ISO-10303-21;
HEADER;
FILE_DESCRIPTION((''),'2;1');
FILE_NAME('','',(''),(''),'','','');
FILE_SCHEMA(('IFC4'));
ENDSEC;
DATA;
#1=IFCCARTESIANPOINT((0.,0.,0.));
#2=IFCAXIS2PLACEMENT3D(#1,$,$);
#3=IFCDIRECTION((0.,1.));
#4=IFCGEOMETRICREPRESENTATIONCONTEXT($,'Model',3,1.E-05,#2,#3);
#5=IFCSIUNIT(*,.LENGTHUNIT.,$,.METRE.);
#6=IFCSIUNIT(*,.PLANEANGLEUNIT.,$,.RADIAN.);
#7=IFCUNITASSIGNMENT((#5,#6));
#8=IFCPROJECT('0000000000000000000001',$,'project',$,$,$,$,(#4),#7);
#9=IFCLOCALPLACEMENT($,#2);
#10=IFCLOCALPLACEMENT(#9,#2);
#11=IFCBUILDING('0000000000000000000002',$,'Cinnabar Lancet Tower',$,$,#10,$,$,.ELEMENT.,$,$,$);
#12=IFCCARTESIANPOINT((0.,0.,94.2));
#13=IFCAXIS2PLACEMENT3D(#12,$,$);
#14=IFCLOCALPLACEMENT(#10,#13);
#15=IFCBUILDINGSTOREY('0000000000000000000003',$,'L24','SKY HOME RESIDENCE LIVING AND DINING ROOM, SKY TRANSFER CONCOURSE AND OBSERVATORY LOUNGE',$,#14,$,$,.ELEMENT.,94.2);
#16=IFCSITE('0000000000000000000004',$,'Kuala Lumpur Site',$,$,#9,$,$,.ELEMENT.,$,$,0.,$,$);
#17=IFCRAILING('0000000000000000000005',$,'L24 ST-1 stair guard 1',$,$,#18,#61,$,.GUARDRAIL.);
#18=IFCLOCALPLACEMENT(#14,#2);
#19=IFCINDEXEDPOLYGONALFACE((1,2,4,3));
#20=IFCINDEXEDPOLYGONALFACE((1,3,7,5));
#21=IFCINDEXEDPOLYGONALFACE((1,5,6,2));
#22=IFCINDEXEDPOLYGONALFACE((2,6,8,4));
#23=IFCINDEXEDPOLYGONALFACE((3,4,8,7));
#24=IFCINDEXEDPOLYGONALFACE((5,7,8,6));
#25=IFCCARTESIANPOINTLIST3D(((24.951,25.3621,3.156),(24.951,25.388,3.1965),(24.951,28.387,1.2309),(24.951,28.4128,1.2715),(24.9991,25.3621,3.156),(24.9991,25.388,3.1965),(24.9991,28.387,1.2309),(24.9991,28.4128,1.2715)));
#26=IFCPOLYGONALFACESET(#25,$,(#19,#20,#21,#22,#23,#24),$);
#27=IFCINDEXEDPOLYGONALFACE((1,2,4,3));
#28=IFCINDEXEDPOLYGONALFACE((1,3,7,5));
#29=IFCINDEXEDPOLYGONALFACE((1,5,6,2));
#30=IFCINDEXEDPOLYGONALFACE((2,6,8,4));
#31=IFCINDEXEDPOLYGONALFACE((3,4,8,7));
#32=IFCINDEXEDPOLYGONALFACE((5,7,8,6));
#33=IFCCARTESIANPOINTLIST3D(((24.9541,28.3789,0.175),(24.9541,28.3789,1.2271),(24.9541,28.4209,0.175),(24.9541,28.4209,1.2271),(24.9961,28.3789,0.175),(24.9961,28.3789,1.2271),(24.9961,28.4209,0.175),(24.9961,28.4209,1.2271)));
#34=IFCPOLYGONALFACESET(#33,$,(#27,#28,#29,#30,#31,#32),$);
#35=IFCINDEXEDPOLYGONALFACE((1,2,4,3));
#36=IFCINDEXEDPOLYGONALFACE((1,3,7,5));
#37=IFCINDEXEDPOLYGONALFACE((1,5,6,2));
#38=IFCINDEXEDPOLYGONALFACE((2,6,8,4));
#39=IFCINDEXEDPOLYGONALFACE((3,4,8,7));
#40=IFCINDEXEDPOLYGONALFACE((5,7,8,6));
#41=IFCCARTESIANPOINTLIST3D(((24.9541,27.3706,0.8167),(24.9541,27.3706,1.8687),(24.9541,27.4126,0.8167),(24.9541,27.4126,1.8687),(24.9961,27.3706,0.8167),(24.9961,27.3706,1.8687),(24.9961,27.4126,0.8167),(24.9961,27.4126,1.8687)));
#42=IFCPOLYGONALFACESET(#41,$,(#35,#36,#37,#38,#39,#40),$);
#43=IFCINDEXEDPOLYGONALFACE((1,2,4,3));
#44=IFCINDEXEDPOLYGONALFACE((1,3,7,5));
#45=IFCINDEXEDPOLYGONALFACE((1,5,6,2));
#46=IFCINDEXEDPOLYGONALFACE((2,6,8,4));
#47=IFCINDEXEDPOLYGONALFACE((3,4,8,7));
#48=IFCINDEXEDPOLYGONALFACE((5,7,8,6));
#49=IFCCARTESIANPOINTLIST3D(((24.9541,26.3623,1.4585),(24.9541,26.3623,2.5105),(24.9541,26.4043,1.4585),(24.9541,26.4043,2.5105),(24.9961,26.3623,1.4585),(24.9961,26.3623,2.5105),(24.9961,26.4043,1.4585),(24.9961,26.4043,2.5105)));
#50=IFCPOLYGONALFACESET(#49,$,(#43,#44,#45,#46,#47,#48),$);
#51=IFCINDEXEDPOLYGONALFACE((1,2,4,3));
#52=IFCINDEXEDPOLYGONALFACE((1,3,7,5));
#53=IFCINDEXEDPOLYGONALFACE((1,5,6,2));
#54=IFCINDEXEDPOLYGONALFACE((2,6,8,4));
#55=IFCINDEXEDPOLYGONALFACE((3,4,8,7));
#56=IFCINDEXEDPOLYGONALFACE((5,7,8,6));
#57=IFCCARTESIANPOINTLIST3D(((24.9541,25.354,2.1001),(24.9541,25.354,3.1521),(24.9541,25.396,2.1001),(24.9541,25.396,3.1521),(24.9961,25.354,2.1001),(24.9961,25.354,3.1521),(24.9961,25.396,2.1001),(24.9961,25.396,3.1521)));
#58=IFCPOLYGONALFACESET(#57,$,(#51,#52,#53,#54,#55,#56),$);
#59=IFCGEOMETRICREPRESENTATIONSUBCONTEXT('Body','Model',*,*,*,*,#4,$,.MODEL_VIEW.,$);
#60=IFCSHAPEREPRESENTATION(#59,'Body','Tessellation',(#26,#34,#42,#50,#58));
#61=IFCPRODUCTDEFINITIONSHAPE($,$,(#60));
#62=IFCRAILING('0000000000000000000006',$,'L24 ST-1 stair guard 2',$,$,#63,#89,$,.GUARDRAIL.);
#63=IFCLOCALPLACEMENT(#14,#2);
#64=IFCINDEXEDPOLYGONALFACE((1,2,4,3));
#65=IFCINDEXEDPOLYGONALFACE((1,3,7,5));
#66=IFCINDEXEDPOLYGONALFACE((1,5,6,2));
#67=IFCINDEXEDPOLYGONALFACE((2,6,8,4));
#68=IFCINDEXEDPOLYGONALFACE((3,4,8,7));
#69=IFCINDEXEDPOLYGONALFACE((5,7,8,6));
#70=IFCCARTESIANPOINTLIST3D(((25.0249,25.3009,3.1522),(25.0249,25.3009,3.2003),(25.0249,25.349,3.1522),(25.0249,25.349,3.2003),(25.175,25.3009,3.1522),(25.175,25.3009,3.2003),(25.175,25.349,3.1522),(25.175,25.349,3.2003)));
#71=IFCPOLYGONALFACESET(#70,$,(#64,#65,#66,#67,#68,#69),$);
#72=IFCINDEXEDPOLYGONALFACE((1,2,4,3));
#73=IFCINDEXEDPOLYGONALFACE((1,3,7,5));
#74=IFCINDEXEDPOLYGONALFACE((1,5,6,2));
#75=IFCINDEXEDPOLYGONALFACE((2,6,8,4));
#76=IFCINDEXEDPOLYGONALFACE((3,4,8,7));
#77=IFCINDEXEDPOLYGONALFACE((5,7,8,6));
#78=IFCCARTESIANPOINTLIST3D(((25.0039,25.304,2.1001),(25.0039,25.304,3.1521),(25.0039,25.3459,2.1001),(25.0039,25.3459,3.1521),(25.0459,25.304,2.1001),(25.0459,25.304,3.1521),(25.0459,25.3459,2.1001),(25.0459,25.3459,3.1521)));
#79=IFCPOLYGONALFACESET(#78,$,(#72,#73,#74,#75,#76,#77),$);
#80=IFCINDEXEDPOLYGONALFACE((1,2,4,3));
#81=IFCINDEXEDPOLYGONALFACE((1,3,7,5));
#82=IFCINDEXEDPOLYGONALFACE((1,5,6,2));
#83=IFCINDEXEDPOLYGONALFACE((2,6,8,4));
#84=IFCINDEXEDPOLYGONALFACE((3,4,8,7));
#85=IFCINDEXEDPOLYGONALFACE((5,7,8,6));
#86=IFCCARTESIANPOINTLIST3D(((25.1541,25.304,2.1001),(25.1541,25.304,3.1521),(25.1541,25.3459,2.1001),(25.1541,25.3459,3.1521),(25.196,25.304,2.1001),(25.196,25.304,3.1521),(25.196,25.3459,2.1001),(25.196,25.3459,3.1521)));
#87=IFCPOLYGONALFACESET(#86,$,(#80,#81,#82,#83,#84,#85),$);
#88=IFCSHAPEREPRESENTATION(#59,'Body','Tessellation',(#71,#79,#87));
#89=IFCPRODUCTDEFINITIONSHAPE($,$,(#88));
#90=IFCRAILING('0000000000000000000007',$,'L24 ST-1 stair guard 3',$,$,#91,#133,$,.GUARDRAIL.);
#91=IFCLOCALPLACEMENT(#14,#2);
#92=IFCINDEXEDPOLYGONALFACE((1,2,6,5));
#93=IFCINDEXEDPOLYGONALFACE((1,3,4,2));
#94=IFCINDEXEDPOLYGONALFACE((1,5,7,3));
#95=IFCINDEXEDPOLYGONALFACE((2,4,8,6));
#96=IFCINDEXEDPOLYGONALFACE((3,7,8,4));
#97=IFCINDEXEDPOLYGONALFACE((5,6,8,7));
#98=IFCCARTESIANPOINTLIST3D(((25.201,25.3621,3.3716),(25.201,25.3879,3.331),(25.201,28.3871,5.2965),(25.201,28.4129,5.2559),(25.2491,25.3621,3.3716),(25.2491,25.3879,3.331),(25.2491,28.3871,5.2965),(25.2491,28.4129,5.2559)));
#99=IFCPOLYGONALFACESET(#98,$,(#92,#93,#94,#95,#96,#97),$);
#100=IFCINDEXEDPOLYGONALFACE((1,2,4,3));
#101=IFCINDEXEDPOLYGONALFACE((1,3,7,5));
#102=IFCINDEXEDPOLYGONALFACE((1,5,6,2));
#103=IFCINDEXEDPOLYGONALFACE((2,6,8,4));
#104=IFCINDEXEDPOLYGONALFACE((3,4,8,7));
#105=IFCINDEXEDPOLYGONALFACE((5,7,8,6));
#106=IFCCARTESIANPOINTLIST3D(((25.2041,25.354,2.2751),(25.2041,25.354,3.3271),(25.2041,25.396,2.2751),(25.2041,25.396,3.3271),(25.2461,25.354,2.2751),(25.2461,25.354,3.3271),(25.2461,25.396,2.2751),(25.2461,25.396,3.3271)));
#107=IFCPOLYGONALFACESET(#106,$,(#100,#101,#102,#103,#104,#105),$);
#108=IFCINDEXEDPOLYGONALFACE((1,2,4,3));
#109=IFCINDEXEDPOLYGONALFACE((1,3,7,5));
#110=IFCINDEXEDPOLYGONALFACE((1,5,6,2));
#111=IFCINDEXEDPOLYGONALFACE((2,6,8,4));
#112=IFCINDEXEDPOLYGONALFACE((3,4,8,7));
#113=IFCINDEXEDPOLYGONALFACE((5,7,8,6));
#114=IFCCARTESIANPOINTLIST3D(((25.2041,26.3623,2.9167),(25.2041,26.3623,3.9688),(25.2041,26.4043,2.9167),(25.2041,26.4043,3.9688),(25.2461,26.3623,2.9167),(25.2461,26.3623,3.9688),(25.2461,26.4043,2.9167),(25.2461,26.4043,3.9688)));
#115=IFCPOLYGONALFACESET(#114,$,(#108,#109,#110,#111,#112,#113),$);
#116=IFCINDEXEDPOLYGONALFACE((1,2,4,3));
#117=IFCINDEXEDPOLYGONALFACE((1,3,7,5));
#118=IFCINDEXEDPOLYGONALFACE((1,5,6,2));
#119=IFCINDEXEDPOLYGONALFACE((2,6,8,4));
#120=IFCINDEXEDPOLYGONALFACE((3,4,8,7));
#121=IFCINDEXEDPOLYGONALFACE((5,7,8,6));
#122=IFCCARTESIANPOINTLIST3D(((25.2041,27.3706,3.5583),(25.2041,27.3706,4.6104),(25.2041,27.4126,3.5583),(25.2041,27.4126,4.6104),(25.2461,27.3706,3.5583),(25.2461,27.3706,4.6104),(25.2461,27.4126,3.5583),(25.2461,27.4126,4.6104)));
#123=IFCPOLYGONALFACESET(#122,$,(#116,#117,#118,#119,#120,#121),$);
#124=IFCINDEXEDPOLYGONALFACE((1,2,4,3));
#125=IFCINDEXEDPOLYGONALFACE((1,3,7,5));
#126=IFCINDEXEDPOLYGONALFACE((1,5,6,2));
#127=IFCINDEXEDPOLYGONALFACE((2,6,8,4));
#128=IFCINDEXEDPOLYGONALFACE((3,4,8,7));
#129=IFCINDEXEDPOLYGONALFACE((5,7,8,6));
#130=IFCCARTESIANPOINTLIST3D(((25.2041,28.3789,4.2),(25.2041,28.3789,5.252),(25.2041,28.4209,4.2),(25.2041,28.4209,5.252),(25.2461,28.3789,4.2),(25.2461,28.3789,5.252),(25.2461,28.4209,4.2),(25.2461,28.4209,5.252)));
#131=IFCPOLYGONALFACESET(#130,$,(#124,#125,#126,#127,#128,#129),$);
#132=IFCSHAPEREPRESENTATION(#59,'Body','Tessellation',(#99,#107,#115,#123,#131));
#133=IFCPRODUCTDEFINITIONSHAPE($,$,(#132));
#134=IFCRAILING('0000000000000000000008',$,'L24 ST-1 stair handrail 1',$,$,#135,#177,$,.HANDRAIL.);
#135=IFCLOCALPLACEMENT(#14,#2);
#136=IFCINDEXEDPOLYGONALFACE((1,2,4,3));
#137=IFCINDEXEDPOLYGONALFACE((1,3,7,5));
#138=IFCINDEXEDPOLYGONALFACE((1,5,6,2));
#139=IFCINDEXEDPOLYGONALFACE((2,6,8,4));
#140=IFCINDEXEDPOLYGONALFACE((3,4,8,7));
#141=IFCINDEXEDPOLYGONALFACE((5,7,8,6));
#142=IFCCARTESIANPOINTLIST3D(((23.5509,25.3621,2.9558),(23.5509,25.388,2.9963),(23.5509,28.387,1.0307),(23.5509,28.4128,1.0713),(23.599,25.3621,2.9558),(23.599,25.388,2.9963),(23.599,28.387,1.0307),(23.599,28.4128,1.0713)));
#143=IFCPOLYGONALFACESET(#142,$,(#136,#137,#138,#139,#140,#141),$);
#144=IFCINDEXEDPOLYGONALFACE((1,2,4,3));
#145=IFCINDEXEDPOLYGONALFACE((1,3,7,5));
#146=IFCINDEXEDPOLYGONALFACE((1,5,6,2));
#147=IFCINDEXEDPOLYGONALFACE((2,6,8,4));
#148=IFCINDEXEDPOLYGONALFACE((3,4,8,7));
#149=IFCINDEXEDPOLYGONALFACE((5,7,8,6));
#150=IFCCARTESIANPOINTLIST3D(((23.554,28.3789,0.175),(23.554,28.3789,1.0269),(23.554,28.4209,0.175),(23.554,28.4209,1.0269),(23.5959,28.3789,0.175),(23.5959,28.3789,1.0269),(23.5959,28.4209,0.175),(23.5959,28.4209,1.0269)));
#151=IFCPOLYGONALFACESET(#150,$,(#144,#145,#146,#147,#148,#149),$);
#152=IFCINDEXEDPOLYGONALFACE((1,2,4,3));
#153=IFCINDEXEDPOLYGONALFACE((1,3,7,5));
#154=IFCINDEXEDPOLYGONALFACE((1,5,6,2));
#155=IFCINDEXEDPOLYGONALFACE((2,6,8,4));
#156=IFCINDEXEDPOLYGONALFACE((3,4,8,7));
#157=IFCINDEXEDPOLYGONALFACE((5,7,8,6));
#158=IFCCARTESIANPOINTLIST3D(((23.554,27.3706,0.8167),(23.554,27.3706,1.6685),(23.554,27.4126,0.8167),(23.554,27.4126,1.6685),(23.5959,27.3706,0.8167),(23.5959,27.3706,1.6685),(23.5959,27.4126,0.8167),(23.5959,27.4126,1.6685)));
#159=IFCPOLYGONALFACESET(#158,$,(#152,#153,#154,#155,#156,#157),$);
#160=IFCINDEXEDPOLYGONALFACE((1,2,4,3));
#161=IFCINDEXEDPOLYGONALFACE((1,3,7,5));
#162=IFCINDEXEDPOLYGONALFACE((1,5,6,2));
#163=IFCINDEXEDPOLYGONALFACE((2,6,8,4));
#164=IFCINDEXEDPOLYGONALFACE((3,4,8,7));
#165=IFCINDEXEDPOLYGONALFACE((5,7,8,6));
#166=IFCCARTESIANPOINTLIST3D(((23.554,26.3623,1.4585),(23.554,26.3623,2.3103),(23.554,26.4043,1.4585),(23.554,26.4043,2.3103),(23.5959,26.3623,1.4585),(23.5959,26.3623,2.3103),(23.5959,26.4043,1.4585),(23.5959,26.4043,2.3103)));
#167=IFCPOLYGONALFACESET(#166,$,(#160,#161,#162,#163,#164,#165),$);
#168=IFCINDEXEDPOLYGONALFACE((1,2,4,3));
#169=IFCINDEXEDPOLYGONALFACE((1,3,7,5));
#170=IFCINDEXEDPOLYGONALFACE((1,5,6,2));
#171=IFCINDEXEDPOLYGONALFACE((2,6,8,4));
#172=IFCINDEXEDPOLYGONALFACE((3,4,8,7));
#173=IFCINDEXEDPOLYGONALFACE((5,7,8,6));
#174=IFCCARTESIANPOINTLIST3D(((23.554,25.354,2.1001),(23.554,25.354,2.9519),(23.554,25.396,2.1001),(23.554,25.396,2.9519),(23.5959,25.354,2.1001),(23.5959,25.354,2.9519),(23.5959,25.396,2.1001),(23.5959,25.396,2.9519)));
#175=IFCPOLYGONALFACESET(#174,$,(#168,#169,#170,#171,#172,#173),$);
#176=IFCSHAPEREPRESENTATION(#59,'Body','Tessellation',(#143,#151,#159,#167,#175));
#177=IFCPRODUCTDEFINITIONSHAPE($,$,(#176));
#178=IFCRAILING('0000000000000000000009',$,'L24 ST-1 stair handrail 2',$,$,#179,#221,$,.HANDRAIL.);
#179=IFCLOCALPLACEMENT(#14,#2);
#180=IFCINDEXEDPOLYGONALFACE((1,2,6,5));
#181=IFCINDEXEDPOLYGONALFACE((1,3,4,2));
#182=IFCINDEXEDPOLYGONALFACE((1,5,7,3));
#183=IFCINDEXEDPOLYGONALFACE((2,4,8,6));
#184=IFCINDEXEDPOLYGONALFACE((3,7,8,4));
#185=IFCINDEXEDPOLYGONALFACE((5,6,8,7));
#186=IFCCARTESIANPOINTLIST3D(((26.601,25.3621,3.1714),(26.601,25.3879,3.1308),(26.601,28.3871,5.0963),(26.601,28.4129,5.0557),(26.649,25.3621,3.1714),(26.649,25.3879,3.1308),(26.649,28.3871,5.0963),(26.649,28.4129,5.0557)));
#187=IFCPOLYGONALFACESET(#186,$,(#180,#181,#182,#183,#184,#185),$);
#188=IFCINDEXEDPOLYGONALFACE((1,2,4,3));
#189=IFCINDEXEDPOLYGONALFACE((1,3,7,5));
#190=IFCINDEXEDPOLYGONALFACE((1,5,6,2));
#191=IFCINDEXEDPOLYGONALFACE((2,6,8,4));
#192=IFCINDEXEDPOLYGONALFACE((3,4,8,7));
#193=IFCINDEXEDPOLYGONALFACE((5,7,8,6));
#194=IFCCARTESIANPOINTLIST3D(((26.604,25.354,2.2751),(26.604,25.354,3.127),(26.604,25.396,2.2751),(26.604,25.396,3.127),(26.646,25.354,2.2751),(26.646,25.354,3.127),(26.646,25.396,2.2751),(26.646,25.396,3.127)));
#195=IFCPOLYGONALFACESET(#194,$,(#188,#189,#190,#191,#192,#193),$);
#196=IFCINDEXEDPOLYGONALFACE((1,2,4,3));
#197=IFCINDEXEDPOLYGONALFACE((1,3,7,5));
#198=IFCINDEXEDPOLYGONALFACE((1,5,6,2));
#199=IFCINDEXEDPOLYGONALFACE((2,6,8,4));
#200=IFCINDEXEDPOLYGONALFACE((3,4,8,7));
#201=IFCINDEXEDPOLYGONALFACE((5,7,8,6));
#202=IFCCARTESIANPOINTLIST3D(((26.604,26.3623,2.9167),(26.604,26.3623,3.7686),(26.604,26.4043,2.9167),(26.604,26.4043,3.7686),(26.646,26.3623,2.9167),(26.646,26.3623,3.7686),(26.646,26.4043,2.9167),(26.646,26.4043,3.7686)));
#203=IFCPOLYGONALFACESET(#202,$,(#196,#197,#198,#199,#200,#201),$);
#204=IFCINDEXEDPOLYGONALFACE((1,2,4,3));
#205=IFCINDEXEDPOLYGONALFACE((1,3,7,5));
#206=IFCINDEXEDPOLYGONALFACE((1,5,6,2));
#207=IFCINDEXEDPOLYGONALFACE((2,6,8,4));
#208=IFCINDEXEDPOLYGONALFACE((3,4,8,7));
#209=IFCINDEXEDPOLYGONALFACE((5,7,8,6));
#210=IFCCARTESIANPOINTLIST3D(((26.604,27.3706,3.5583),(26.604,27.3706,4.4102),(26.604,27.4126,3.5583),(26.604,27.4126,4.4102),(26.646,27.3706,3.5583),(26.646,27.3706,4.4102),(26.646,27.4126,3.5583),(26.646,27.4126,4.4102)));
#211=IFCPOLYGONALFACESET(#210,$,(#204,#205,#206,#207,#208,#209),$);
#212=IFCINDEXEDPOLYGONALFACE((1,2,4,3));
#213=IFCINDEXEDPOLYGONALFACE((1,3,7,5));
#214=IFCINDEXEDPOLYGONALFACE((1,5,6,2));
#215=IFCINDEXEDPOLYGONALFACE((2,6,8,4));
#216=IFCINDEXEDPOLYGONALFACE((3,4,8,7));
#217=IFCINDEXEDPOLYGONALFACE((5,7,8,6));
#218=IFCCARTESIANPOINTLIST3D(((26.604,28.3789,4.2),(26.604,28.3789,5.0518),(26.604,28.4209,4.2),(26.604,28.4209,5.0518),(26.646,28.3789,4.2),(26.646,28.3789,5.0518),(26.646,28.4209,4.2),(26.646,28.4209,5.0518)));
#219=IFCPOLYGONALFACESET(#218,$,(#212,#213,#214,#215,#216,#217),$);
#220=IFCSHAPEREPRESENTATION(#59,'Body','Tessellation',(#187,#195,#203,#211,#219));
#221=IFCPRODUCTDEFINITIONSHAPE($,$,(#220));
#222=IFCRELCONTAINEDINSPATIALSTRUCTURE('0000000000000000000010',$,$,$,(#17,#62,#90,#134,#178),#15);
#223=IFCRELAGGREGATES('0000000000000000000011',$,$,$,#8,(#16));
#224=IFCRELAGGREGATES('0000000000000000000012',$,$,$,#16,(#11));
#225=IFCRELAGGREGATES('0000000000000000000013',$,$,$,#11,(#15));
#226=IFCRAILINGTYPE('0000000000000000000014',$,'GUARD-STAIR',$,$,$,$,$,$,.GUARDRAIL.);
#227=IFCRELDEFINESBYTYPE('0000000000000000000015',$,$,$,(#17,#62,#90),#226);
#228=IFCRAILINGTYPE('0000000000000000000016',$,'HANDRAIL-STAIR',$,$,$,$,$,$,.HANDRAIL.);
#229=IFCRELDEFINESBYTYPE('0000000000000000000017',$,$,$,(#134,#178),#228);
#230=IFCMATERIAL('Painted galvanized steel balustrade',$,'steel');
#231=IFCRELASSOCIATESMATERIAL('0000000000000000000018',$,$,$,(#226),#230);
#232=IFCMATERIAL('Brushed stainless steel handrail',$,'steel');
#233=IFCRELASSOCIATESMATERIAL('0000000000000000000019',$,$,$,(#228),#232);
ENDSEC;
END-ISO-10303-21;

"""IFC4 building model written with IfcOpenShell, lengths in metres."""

from ifc_helpers import new_model, si_unit, direction, frame, origin, origin_2d, place, context, subcontext, project, spatial, rectangle, extrude, material, type_object, element, save


model = new_model("IFC4")

# Units and contexts
model_context = context("Model", 3, precision=1e-05, world=origin(), true_north=direction((0.0, 1.0)))
body_context = subcontext(model_context, "Body", "Model", "MODEL_VIEW")
ifc_project = project(units=[si_unit("LENGTHUNIT", "METRE"), si_unit("PLANEANGLEUNIT", "RADIAN")], contexts=[model_context])

# Site, building, storey
site_placement = place(None, origin())
site = spatial("IfcSite", under=ifc_project, at=site_placement, Name="Kuala Lumpur Site", CompositionType="ELEMENT", RefElevation=0.0)
building_placement = place(site_placement, origin())
building = spatial("IfcBuilding", under=site, at=building_placement, Name="Cinnabar Lancet Tower", CompositionType="ELEMENT")
storey_placement = place(building_placement, frame((0.0, 0.0, 94.2)))
storey = spatial("IfcBuildingStorey", under=building, at=storey_placement, Name="L24", Description="SKY HOME RESIDENCE LIVING AND DINING ROOM, SKY TRANSFER CONCOURSE AND OBSERVATORY LOUNGE", CompositionType="ELEMENT", Elevation=94.2)

# Railings
ifc_material_1 = material(Name="Painted galvanized steel balustrade", Category="steel")
railing_type_1 = type_object("IfcRailingType", Name="GUARD-STAIR", PredefinedType="GUARDRAIL", material=ifc_material_1)
railing_1_placement = place(storey_placement, frame((24.9751, 28.3999, 0.175)))
element("IfcRailing", 1, at=railing_1_placement, inside=storey, type_object=railing_type_1, Name="L24 ST-1 stair guard 1", PredefinedType="GUARDRAIL", context=body_context, shape_type="SweptSolid", body=[
    extrude(rectangle(XDim=0.0481, YDim=0.0481, at=origin_2d()), frame((0.0, 0.0, 1.0762), z_axis=(0.0, -0.843647, 0.536898), x_axis=(1.0, 0.0, 0.0)), (0.0, 0.0, 1.0), 3.5854),
    extrude(rectangle(XDim=0.042, YDim=0.042, at=origin_2d()), origin(), (0.0, 0.0, 1.0), 1.052),
    extrude(rectangle(XDim=0.042, YDim=0.042, at=origin_2d()), frame((0.0, -1.0083, 0.6416)), (0.0, 0.0, 1.0), 1.052),
    extrude(rectangle(XDim=0.042, YDim=0.042, at=origin_2d()), frame((0.0, -2.0166, 1.2834)), (0.0, 0.0, 1.0), 1.052),
    extrude(rectangle(XDim=0.042, YDim=0.042, at=origin_2d()), frame((0.0, -3.0249, 1.925)), (0.0, 0.0, 1.0), 1.052),
])
railing_2_placement = place(storey_placement, frame((25.0249, 25.325, 2.1001)))
element("IfcRailing", 2, at=railing_2_placement, inside=storey, type_object=railing_type_1, Name="L24 ST-1 stair guard 2", PredefinedType="GUARDRAIL", context=body_context, shape_type="SweptSolid", body=[
    extrude(rectangle(XDim=0.0481, YDim=0.0481, at=origin_2d()), frame((0.0, 0.0, 1.0762), z_axis=(1.0, 0.0, 0.0), x_axis=(0.0, 1.0, 0.0)), (0.0, 0.0, 1.0), 0.1501),
    extrude(rectangle(XDim=0.042, YDim=0.042, at=origin_2d()), origin(), (0.0, 0.0, 1.0), 1.052),
    extrude(rectangle(XDim=0.042, YDim=0.042, at=origin_2d()), frame((0.1501, 0.0, 0.0)), (0.0, 0.0, 1.0), 1.052),
])
railing_3_placement = place(storey_placement, frame((25.2251, 25.375, 2.2751)))
element("IfcRailing", 3, at=railing_3_placement, inside=storey, type_object=railing_type_1, Name="L24 ST-1 stair guard 3", PredefinedType="GUARDRAIL", context=body_context, shape_type="SweptSolid", body=[
    extrude(rectangle(XDim=0.0481, YDim=0.0481, at=origin_2d()), frame((0.0, 0.0, 1.0762), z_axis=(0.0, 0.843678, 0.536849), x_axis=(-1.0, 0.0, 0.0)), (0.0, 0.0, 1.0), 3.5854),
    extrude(rectangle(XDim=0.042, YDim=0.042, at=origin_2d()), origin(), (0.0, 0.0, 1.0), 1.052),
    extrude(rectangle(XDim=0.042, YDim=0.042, at=origin_2d()), frame((0.0, 1.0083, 0.6416)), (0.0, 0.0, 1.0), 1.052),
    extrude(rectangle(XDim=0.042, YDim=0.042, at=origin_2d()), frame((0.0, 2.0166, 1.2832)), (0.0, 0.0, 1.0), 1.052),
    extrude(rectangle(XDim=0.042, YDim=0.042, at=origin_2d()), frame((0.0, 3.0249, 1.9248)), (0.0, 0.0, 1.0), 1.052),
])
ifc_material_2 = material(Name="Brushed stainless steel handrail", Category="steel")
railing_type_2 = type_object("IfcRailingType", Name="HANDRAIL-STAIR", PredefinedType="HANDRAIL", material=ifc_material_2)
railing_4_placement = place(storey_placement, frame((23.575, 28.3999, 0.175)))
element("IfcRailing", 4, at=railing_4_placement, inside=storey, type_object=railing_type_2, Name="L24 ST-1 stair handrail 1", PredefinedType="HANDRAIL", context=body_context, shape_type="SweptSolid", body=[
    extrude(rectangle(XDim=0.0481, YDim=0.0481, at=origin_2d()), frame((0.0, 0.0, 0.876), z_axis=(0.0, -0.843647, 0.536898), x_axis=(1.0, 0.0, 0.0)), (0.0, 0.0, 1.0), 3.5854),
    extrude(rectangle(XDim=0.042, YDim=0.042, at=origin_2d()), origin(), (0.0, 0.0, 1.0), 0.8518),
    extrude(rectangle(XDim=0.042, YDim=0.042, at=origin_2d()), frame((0.0, -1.0083, 0.6416)), (0.0, 0.0, 1.0), 0.8518),
    extrude(rectangle(XDim=0.042, YDim=0.042, at=origin_2d()), frame((0.0, -2.0166, 1.2834)), (0.0, 0.0, 1.0), 0.8518),
    extrude(rectangle(XDim=0.042, YDim=0.042, at=origin_2d()), frame((0.0, -3.0249, 1.925)), (0.0, 0.0, 1.0), 0.8518),
])
railing_5_placement = place(storey_placement, frame((26.625, 25.375, 2.2751)))
element("IfcRailing", 5, at=railing_5_placement, inside=storey, type_object=railing_type_2, Name="L24 ST-1 stair handrail 2", PredefinedType="HANDRAIL", context=body_context, shape_type="SweptSolid", body=[
    extrude(rectangle(XDim=0.0481, YDim=0.0481, at=origin_2d()), frame((0.0, 0.0, 0.876), z_axis=(0.0, 0.843678, 0.536849), x_axis=(-1.0, 0.0, 0.0)), (0.0, 0.0, 1.0), 3.5854),
    extrude(rectangle(XDim=0.042, YDim=0.042, at=origin_2d()), origin(), (0.0, 0.0, 1.0), 0.8518),
    extrude(rectangle(XDim=0.042, YDim=0.042, at=origin_2d()), frame((0.0, 1.0083, 0.6416)), (0.0, 0.0, 1.0), 0.8518),
    extrude(rectangle(XDim=0.042, YDim=0.042, at=origin_2d()), frame((0.0, 2.0166, 1.2832)), (0.0, 0.0, 1.0), 0.8518),
    extrude(rectangle(XDim=0.042, YDim=0.042, at=origin_2d()), frame((0.0, 3.0249, 1.9248)), (0.0, 0.0, 1.0), 0.8518),
])

save(model, "model.ifc")
